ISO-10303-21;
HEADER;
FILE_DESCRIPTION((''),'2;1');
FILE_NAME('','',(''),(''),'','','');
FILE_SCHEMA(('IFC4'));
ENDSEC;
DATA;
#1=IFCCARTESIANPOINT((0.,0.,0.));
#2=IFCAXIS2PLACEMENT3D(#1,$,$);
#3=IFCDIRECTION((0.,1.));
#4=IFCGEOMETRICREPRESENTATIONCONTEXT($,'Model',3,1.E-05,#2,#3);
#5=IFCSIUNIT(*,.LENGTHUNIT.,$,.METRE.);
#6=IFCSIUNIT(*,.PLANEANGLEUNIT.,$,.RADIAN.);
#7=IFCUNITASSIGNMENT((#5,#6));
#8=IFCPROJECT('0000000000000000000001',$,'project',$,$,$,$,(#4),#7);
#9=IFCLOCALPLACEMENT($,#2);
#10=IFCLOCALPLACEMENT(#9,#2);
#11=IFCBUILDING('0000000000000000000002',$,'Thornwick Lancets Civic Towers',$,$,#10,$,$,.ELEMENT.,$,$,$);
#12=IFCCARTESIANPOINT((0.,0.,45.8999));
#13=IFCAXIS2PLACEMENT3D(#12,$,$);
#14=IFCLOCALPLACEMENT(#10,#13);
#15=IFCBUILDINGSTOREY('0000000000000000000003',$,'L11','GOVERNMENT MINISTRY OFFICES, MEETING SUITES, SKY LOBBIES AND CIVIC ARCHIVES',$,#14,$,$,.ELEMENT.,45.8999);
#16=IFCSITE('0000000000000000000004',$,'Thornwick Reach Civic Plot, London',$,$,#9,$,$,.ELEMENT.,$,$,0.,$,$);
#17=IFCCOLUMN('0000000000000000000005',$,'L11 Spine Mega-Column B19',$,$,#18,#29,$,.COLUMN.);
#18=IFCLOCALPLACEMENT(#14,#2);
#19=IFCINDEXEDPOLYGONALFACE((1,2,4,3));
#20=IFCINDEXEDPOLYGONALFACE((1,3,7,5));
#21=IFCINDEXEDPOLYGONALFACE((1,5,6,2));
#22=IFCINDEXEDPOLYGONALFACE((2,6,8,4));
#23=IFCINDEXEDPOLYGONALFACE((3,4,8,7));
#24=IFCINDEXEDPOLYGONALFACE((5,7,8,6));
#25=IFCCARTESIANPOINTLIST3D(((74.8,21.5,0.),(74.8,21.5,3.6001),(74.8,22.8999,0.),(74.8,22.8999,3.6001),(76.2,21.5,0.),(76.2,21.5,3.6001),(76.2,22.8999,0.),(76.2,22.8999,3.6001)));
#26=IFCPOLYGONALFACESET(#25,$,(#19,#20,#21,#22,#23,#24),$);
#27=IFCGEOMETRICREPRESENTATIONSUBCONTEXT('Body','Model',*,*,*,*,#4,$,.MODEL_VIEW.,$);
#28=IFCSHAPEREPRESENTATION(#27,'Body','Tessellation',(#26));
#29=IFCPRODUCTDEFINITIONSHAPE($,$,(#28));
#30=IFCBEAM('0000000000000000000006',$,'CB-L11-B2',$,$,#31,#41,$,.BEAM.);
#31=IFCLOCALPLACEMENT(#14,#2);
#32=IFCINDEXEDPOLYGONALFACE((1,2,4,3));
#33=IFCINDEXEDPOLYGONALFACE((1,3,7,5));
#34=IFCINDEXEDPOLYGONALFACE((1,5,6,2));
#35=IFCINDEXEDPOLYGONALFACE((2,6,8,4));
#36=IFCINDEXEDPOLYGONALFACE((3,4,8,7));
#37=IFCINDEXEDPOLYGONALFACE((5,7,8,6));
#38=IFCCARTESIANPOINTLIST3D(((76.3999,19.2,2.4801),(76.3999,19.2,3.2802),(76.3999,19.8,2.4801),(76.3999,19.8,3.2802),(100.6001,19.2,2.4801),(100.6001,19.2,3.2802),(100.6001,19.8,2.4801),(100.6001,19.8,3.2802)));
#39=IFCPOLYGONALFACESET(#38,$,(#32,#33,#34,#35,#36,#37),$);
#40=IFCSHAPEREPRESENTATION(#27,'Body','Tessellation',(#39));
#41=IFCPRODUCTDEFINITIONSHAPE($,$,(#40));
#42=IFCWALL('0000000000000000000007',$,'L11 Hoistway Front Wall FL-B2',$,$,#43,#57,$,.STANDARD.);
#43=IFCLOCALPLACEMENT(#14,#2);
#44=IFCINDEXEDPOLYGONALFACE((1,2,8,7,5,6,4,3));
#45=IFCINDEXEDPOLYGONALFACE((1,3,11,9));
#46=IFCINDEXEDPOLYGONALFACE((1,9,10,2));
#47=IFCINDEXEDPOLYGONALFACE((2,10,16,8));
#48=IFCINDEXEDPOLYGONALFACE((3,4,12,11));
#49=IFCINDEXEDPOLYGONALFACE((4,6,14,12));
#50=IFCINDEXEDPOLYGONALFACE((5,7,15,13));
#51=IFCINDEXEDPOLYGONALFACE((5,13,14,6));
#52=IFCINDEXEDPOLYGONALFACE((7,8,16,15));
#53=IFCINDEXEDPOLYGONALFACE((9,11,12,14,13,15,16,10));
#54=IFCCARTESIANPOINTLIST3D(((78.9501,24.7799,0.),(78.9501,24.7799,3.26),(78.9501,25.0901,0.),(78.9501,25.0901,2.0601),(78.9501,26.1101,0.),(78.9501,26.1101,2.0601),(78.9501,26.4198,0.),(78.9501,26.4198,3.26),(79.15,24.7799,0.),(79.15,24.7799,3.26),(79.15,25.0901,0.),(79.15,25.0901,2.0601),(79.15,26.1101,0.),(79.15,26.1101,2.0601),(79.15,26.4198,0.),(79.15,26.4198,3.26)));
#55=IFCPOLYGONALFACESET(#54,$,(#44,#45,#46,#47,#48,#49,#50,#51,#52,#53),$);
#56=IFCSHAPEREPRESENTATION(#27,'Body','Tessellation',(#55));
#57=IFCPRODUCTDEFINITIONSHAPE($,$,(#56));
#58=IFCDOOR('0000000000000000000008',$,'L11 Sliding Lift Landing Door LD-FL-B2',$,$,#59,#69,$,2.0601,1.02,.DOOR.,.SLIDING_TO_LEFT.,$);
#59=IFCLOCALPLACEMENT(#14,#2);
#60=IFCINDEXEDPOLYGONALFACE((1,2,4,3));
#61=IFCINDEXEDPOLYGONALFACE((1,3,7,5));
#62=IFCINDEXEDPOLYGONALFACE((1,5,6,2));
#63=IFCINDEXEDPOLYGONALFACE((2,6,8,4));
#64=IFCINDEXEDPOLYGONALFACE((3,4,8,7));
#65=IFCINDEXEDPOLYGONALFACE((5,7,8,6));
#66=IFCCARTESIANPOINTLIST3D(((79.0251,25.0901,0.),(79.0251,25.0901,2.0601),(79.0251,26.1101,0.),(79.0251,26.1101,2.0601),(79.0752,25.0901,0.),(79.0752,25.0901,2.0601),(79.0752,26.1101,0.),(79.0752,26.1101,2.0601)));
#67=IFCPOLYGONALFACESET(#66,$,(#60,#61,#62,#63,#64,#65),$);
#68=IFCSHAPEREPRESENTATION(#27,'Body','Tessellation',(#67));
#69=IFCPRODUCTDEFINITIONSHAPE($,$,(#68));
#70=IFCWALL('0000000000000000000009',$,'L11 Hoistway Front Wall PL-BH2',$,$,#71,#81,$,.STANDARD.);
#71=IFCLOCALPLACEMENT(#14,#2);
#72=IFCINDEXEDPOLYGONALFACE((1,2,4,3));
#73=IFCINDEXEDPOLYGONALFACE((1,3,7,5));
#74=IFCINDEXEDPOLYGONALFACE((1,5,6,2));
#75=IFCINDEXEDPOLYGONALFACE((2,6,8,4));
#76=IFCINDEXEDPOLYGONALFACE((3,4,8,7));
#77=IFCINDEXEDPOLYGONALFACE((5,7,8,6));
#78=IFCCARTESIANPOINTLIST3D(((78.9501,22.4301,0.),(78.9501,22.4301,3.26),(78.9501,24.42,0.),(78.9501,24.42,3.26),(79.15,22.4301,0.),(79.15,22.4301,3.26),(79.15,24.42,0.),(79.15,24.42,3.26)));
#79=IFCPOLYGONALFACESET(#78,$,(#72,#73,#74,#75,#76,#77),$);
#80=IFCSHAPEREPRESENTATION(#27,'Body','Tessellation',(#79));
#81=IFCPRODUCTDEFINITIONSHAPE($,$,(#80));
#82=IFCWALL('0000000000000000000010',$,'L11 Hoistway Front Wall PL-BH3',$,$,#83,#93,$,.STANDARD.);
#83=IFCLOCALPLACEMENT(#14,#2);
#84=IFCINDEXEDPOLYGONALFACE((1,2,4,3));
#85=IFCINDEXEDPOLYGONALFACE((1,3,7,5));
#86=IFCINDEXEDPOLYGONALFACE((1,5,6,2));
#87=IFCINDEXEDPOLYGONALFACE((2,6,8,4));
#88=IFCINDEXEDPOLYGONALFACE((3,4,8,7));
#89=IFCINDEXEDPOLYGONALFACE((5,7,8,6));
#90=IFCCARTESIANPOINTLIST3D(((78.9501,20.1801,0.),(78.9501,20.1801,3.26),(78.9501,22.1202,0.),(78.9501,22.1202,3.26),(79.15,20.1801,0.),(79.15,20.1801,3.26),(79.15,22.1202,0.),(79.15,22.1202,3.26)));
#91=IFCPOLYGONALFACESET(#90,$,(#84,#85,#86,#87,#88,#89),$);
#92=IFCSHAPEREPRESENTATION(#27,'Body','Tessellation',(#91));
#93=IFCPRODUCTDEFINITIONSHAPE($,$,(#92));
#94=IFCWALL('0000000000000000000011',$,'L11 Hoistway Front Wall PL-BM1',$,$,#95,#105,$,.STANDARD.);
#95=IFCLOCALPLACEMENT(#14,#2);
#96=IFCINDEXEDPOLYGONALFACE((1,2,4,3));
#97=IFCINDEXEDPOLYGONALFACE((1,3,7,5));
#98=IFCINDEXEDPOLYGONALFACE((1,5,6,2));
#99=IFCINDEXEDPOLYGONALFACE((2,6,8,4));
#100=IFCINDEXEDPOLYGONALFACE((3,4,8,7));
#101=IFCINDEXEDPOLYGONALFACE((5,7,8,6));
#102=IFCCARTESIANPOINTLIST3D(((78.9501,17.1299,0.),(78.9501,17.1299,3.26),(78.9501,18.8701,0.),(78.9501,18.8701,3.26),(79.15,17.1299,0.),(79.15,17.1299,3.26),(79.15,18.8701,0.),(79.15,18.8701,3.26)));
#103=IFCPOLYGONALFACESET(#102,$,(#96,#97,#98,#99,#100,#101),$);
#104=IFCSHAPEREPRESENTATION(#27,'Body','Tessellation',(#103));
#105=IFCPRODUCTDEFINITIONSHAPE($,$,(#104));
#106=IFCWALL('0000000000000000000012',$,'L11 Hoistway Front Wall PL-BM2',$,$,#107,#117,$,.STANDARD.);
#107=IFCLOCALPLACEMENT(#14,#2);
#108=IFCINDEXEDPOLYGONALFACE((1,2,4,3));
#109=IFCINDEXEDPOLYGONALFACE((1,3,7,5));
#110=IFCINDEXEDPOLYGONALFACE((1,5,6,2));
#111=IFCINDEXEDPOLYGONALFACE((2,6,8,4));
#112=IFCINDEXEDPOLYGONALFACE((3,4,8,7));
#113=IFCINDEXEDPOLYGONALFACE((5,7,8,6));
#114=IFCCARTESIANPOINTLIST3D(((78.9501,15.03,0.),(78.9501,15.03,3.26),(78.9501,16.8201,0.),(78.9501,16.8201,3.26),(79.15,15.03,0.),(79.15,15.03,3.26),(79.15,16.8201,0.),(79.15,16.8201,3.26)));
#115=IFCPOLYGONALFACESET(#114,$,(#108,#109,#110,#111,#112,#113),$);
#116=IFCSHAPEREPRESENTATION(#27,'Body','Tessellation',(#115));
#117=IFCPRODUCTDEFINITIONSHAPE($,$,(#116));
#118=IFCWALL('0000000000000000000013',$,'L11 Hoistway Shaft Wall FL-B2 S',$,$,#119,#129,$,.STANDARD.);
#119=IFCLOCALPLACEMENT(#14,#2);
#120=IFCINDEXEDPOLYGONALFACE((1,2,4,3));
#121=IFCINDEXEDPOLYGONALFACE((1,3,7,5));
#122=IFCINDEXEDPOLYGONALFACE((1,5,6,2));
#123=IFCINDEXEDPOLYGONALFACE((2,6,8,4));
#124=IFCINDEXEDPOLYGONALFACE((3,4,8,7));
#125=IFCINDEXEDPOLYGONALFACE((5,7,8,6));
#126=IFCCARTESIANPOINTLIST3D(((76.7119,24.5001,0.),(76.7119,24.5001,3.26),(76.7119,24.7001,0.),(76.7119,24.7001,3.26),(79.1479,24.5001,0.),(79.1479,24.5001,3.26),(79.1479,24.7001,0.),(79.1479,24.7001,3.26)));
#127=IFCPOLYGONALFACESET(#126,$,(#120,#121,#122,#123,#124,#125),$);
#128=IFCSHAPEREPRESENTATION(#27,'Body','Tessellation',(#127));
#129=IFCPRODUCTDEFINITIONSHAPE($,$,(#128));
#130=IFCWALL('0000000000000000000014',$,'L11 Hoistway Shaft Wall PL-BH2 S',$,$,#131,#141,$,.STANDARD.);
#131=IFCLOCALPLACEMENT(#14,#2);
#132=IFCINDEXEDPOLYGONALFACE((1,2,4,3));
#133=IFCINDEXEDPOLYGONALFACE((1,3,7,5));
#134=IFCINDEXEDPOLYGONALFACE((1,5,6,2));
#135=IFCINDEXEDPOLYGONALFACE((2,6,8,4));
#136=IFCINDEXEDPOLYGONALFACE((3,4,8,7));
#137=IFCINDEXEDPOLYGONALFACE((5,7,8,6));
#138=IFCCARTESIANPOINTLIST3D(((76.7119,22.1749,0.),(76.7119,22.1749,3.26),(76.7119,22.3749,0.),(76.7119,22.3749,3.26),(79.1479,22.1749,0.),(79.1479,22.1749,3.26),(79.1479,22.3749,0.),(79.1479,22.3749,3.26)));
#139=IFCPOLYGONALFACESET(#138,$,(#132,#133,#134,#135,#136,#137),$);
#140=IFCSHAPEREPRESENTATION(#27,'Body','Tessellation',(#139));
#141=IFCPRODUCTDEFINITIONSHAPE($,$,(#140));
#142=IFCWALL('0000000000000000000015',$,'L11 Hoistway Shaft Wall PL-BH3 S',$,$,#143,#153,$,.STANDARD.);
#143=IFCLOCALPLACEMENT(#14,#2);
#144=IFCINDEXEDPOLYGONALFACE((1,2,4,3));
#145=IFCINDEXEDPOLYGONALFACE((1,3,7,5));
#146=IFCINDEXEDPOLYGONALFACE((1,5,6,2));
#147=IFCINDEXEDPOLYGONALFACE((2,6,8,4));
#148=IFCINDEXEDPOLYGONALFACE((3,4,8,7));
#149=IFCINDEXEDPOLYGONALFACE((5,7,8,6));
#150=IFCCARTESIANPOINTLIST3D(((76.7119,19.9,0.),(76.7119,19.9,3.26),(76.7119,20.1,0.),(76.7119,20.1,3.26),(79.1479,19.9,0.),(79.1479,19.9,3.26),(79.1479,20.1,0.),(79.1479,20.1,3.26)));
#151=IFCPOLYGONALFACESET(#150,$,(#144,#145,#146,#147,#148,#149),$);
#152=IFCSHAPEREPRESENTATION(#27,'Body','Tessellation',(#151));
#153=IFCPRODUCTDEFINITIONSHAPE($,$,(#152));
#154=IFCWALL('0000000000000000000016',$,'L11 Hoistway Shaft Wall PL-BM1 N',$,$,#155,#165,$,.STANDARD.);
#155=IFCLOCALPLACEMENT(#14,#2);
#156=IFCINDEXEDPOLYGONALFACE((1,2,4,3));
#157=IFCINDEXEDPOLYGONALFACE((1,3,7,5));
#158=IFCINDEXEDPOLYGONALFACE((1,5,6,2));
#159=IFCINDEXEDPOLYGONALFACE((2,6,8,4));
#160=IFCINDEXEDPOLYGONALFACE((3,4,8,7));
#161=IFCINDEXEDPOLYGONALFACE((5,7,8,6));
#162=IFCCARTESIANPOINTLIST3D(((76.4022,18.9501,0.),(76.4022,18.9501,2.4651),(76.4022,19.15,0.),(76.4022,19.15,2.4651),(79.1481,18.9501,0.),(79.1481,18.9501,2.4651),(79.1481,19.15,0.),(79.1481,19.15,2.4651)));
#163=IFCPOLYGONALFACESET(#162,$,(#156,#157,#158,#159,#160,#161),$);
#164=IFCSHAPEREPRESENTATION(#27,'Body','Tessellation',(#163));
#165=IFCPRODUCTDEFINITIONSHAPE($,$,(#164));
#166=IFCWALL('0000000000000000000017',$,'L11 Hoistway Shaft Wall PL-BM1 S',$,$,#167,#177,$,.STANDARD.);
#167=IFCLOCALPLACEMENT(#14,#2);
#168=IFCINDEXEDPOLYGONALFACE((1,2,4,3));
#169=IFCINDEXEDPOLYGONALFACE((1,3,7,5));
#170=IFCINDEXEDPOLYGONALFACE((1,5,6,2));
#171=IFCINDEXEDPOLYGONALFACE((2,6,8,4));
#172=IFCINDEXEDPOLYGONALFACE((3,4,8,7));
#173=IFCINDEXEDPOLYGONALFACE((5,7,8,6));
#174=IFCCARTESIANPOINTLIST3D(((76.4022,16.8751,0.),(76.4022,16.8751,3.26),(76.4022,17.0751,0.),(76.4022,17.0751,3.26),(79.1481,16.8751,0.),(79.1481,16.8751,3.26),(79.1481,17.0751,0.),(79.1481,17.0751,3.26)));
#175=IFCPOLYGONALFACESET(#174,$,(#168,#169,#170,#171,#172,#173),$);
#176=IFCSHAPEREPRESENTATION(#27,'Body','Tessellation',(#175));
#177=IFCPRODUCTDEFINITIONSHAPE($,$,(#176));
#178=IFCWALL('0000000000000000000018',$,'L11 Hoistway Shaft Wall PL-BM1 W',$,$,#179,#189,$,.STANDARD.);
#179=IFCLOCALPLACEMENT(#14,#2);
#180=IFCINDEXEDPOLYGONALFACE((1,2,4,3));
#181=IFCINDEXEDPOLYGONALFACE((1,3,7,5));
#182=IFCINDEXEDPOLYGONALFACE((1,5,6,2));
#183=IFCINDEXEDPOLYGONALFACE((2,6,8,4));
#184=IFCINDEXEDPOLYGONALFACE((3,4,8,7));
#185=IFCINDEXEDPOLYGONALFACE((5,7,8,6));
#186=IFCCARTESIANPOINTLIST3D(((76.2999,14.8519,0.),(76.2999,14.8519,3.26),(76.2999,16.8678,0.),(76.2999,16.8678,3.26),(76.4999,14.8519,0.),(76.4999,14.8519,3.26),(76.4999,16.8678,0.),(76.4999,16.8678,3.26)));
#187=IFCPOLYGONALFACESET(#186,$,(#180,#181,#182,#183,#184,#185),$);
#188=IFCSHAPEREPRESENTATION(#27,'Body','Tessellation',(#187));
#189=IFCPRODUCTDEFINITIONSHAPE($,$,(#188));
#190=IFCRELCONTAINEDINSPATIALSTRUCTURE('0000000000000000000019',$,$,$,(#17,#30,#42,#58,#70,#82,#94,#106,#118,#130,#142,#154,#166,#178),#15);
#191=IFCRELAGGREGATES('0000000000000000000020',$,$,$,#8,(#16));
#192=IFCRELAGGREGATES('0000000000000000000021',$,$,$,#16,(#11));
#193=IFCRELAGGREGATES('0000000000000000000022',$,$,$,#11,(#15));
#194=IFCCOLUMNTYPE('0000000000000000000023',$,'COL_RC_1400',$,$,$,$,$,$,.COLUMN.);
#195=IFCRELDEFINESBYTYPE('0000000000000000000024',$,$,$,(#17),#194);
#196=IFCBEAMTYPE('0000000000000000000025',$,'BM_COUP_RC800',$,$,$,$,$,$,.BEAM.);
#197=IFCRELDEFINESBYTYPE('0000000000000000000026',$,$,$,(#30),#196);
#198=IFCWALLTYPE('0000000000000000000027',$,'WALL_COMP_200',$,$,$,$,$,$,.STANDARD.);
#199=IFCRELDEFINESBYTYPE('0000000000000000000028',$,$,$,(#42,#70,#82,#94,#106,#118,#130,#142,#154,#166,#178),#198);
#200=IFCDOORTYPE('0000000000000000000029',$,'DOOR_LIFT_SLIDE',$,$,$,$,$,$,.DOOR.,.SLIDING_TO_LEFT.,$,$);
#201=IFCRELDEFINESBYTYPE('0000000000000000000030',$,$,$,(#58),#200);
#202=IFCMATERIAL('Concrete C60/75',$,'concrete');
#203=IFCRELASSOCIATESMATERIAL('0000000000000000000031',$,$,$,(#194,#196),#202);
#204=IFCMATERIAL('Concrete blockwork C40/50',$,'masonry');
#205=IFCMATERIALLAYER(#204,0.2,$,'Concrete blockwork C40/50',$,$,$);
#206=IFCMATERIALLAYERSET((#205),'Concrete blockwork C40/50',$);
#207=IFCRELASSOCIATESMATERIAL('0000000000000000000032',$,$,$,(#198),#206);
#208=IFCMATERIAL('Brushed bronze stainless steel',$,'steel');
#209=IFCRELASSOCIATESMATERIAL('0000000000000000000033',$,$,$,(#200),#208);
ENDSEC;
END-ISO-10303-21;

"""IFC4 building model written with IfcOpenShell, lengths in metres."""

from ifc_helpers import new_model, si_unit, direction, frame, frame_2d, origin, origin_2d, place, context, subcontext, project, spatial, rectangle, extrude, material, layer, layer_set, material_profile, profile_set, type_object, element, fill, save


model = new_model("IFC4")

# Units and contexts
model_context = context("Model", 3, precision=1e-05, world=origin(), true_north=direction((0.0, 1.0)))
body_context = subcontext(model_context, "Body", "Model", "MODEL_VIEW")
ifc_project = project(units=[si_unit("LENGTHUNIT", "METRE"), si_unit("PLANEANGLEUNIT", "RADIAN")], contexts=[model_context])

# Site, building, storey
site_placement = place(None, origin())
site = spatial("IfcSite", under=ifc_project, at=site_placement, Name="Thornwick Reach Civic Plot, London", CompositionType="ELEMENT", RefElevation=0.0)
building_placement = place(site_placement, origin())
building = spatial("IfcBuilding", under=site, at=building_placement, Name="Thornwick Lancets Civic Towers", CompositionType="ELEMENT")
storey_placement = place(building_placement, frame((0.0, 0.0, 45.8999)))
storey = spatial("IfcBuildingStorey", under=building, at=storey_placement, Name="L11", Description="GOVERNMENT MINISTRY OFFICES, MEETING SUITES, SKY LOBBIES AND CIVIC ARCHIVES", CompositionType="ELEMENT", Elevation=45.8999)

# Column
ifc_material_1 = material(Name="Concrete C60/75", Category="concrete")
ifc_material_profile_1 = material_profile(ifc_material_1, rectangle(XDim=1.3999, YDim=1.3999, at=origin_2d()), Name="RC 1400x1400")
ifc_profile_set_1 = profile_set([ifc_material_profile_1], Name="Concrete C60/75")
column_type = type_object("IfcColumnType", Name="COL_RC_1400", PredefinedType="COLUMN", material=ifc_profile_set_1)
column_placement = place(storey_placement, frame((75.5, 22.2, 0.0), z_axis=(0.0, 0.0, 1.0), x_axis=(1.0, 0.0, 0.0)))
element("IfcColumn", 1, at=column_placement, inside=storey, type_object=column_type, Name="L11 Spine Mega-Column B19", PredefinedType="COLUMN", context=body_context, shape_type="SweptSolid", body=[
    extrude(rectangle(XDim=1.3999, YDim=1.3999, at=origin_2d()), origin(), (0.0, 0.0, 1.0), 3.6001),
])

# Beam
ifc_material_profile_2 = material_profile(ifc_material_1, rectangle(XDim=0.6001, YDim=0.8, at=origin_2d()), Name="RC 600x800")
ifc_profile_set_2 = profile_set([ifc_material_profile_2], Name="Concrete C60/75")
beam_type = type_object("IfcBeamType", Name="BM_COUP_RC800", PredefinedType="BEAM", material=ifc_profile_set_2)
beam_placement = place(storey_placement, frame((76.3999, 19.5, 2.8801), z_axis=(1.0, 0.0, 0.0), x_axis=(0.0, 1.0, 0.0)))
element("IfcBeam", 2, at=beam_placement, inside=storey, type_object=beam_type, Name="CB-L11-B2", PredefinedType="BEAM", context=body_context, shape_type="SweptSolid", body=[
    extrude(rectangle(XDim=0.6001, YDim=0.8, at=origin_2d()), origin(), (0.0, 0.0, 1.0), 24.2002),
])

# Wall, opening, door
ifc_material_2 = material(Name="Concrete blockwork C40/50", Category="masonry")
ifc_layer_1 = layer(ifc_material_2, 0.2, Name="Concrete blockwork C40/50")
ifc_layer_set_1 = layer_set([ifc_layer_1], Name="Concrete blockwork C40/50")
wall_type_1 = type_object("IfcWallType", Name="WALL_COMP_200", PredefinedType="STANDARD", material=ifc_layer_set_1)
wall_1_placement = place(storey_placement, frame((79.05, 24.78, 0.0), z_axis=(0.0, 0.0, 1.0), x_axis=(0.0, 1.0, 0.0)))
wall_1 = element("IfcWall", 3, at=wall_1_placement, inside=storey, type_object=wall_type_1, Name="L11 Hoistway Front Wall FL-B2", PredefinedType="STANDARD", context=body_context, shape_type="SweptSolid", body=[
    extrude(rectangle(XDim=1.6399, YDim=0.2, at=frame_2d((0.8198, 0.0))), origin(), (0.0, 0.0, 1.0), 3.26),
])
opening_placement = place(wall_1_placement, frame((0.3101, 0.0, 0.0)))
opening = element("IfcOpeningElement", 4, at=opening_placement, cuts=wall_1, PredefinedType="OPENING", context=body_context, shape_type="SweptSolid", body=[
    extrude(rectangle(XDim=1.02, YDim=2.0601, at=frame_2d((0.51, 1.03))), frame((0.0, 0.1099, 0.0), z_axis=(0.0, -1.0, 0.0), x_axis=(1.0, 0.0, 0.0)), (0.0, 0.0, 1.0), 0.22),
])
ifc_material_3 = material(Name="Brushed bronze stainless steel", Category="steel")
door_type = type_object("IfcDoorType", Name="DOOR_LIFT_SLIDE", OperationType="SLIDING_TO_LEFT", PredefinedType="DOOR", material=ifc_material_3)
door_placement = place(opening_placement, origin())
door = element("IfcDoor", 5, at=door_placement, inside=storey, type_object=door_type, Name="L11 Sliding Lift Landing Door LD-FL-B2", OperationType="SLIDING_TO_LEFT", OverallHeight=2.0601, OverallWidth=1.02, PredefinedType="DOOR", context=body_context, shape_type="SweptSolid", body=[
    extrude(rectangle(XDim=1.02, YDim=2.0601, at=frame_2d((0.51, 1.03))), frame((0.0, 0.0249, 0.0), z_axis=(0.0, -1.0, 0.0), x_axis=(1.0, 0.0, 0.0)), (0.0, 0.0, 1.0), 0.05),
])
fill(opening, door)

# Walls
wall_2_placement = place(storey_placement, frame((79.05, 22.4299, 0.0), z_axis=(0.0, 0.0, 1.0), x_axis=(0.0, 1.0, 0.0)))
element("IfcWall", 6, at=wall_2_placement, inside=storey, type_object=wall_type_1, Name="L11 Hoistway Front Wall PL-BH2", PredefinedType="STANDARD", context=body_context, shape_type="SweptSolid", body=[
    extrude(rectangle(XDim=1.99, YDim=0.2, at=frame_2d((0.9951, 0.0))), origin(), (0.0, 0.0, 1.0), 3.26),
])
wall_3_placement = place(storey_placement, frame((79.05, 20.1799, 0.0), z_axis=(0.0, 0.0, 1.0), x_axis=(0.0, 1.0, 0.0)))
element("IfcWall", 7, at=wall_3_placement, inside=storey, type_object=wall_type_1, Name="L11 Hoistway Front Wall PL-BH3", PredefinedType="STANDARD", context=body_context, shape_type="SweptSolid", body=[
    extrude(rectangle(XDim=1.9402, YDim=0.2, at=frame_2d((0.9702, 0.0))), origin(), (0.0, 0.0, 1.0), 3.26),
])
wall_4_placement = place(storey_placement, frame((79.05, 17.1299, 0.0), z_axis=(0.0, 0.0, 1.0), x_axis=(0.0, 1.0, 0.0)))
element("IfcWall", 8, at=wall_4_placement, inside=storey, type_object=wall_type_1, Name="L11 Hoistway Front Wall PL-BM1", PredefinedType="STANDARD", context=body_context, shape_type="SweptSolid", body=[
    extrude(rectangle(XDim=1.7402, YDim=0.2, at=frame_2d((0.8701, 0.0))), origin(), (0.0, 0.0, 1.0), 3.26),
])
wall_5_placement = place(storey_placement, frame((79.05, 15.03, 0.0), z_axis=(0.0, 0.0, 1.0), x_axis=(0.0, 1.0, 0.0)))
element("IfcWall", 9, at=wall_5_placement, inside=storey, type_object=wall_type_1, Name="L11 Hoistway Front Wall PL-BM2", PredefinedType="STANDARD", context=body_context, shape_type="SweptSolid", body=[
    extrude(rectangle(XDim=1.79, YDim=0.2, at=frame_2d((0.895, 0.0))), origin(), (0.0, 0.0, 1.0), 3.26),
])
for number, where, z_axis, x_axis, name in (
    (10, (76.7119, 24.6001, 0.0), (0.0, 0.0, 1.0), (1.0, 0.0, 0.0), "L11 Hoistway Shaft Wall FL-B2 S"),
    (11, (76.7119, 22.2749, 0.0), (0.0, 0.0, 1.0), (1.0, 0.0, 0.0), "L11 Hoistway Shaft Wall PL-BH2 S"),
    (12, (76.7119, 20.0, 0.0), (0.0, 0.0, 1.0), (1.0, 0.0, 0.0), "L11 Hoistway Shaft Wall PL-BH3 S"),
):
    element("IfcWall", number, at=place(storey_placement, frame(where, z_axis=z_axis, x_axis=x_axis)), inside=storey, type_object=wall_type_1, Name=name, PredefinedType="STANDARD", context=body_context, shape_type="SweptSolid", body=[
        extrude(rectangle(XDim=2.436, YDim=0.2, at=frame_2d((1.218, 0.0))), origin(), (0.0, 0.0, 1.0), 3.26),
    ])
wall_6_placement = place(storey_placement, frame((76.4021, 19.05, 0.0), z_axis=(0.0, 0.0, 1.0), x_axis=(1.0, 0.0, 0.0)))
element("IfcWall", 13, at=wall_6_placement, inside=storey, type_object=wall_type_1, Name="L11 Hoistway Shaft Wall PL-BM1 N", PredefinedType="STANDARD", context=body_context, shape_type="SweptSolid", body=[
    extrude(rectangle(XDim=2.7458, YDim=0.2, at=frame_2d((1.373, 0.0))), origin(), (0.0, 0.0, 1.0), 2.4651),
])
wall_7_placement = place(storey_placement, frame((76.4021, 16.9751, 0.0), z_axis=(0.0, 0.0, 1.0), x_axis=(1.0, 0.0, 0.0)))
element("IfcWall", 14, at=wall_7_placement, inside=storey, type_object=wall_type_1, Name="L11 Hoistway Shaft Wall PL-BM1 S", PredefinedType="STANDARD", context=body_context, shape_type="SweptSolid", body=[
    extrude(rectangle(XDim=2.7458, YDim=0.2, at=frame_2d((1.373, 0.0))), origin(), (0.0, 0.0, 1.0), 3.26),
])
wall_8_placement = place(storey_placement, frame((76.3999, 14.8521, 0.0), z_axis=(0.0, 0.0, 1.0), x_axis=(0.0, 1.0, 0.0)))
element("IfcWall", 15, at=wall_8_placement, inside=storey, type_object=wall_type_1, Name="L11 Hoistway Shaft Wall PL-BM1 W", PredefinedType="STANDARD", context=body_context, shape_type="SweptSolid", body=[
    extrude(rectangle(XDim=2.0159, YDim=0.2, at=frame_2d((1.0078, 0.0))), origin(), (0.0, 0.0, 1.0), 3.26),
])

save(model, "model.ifc")
